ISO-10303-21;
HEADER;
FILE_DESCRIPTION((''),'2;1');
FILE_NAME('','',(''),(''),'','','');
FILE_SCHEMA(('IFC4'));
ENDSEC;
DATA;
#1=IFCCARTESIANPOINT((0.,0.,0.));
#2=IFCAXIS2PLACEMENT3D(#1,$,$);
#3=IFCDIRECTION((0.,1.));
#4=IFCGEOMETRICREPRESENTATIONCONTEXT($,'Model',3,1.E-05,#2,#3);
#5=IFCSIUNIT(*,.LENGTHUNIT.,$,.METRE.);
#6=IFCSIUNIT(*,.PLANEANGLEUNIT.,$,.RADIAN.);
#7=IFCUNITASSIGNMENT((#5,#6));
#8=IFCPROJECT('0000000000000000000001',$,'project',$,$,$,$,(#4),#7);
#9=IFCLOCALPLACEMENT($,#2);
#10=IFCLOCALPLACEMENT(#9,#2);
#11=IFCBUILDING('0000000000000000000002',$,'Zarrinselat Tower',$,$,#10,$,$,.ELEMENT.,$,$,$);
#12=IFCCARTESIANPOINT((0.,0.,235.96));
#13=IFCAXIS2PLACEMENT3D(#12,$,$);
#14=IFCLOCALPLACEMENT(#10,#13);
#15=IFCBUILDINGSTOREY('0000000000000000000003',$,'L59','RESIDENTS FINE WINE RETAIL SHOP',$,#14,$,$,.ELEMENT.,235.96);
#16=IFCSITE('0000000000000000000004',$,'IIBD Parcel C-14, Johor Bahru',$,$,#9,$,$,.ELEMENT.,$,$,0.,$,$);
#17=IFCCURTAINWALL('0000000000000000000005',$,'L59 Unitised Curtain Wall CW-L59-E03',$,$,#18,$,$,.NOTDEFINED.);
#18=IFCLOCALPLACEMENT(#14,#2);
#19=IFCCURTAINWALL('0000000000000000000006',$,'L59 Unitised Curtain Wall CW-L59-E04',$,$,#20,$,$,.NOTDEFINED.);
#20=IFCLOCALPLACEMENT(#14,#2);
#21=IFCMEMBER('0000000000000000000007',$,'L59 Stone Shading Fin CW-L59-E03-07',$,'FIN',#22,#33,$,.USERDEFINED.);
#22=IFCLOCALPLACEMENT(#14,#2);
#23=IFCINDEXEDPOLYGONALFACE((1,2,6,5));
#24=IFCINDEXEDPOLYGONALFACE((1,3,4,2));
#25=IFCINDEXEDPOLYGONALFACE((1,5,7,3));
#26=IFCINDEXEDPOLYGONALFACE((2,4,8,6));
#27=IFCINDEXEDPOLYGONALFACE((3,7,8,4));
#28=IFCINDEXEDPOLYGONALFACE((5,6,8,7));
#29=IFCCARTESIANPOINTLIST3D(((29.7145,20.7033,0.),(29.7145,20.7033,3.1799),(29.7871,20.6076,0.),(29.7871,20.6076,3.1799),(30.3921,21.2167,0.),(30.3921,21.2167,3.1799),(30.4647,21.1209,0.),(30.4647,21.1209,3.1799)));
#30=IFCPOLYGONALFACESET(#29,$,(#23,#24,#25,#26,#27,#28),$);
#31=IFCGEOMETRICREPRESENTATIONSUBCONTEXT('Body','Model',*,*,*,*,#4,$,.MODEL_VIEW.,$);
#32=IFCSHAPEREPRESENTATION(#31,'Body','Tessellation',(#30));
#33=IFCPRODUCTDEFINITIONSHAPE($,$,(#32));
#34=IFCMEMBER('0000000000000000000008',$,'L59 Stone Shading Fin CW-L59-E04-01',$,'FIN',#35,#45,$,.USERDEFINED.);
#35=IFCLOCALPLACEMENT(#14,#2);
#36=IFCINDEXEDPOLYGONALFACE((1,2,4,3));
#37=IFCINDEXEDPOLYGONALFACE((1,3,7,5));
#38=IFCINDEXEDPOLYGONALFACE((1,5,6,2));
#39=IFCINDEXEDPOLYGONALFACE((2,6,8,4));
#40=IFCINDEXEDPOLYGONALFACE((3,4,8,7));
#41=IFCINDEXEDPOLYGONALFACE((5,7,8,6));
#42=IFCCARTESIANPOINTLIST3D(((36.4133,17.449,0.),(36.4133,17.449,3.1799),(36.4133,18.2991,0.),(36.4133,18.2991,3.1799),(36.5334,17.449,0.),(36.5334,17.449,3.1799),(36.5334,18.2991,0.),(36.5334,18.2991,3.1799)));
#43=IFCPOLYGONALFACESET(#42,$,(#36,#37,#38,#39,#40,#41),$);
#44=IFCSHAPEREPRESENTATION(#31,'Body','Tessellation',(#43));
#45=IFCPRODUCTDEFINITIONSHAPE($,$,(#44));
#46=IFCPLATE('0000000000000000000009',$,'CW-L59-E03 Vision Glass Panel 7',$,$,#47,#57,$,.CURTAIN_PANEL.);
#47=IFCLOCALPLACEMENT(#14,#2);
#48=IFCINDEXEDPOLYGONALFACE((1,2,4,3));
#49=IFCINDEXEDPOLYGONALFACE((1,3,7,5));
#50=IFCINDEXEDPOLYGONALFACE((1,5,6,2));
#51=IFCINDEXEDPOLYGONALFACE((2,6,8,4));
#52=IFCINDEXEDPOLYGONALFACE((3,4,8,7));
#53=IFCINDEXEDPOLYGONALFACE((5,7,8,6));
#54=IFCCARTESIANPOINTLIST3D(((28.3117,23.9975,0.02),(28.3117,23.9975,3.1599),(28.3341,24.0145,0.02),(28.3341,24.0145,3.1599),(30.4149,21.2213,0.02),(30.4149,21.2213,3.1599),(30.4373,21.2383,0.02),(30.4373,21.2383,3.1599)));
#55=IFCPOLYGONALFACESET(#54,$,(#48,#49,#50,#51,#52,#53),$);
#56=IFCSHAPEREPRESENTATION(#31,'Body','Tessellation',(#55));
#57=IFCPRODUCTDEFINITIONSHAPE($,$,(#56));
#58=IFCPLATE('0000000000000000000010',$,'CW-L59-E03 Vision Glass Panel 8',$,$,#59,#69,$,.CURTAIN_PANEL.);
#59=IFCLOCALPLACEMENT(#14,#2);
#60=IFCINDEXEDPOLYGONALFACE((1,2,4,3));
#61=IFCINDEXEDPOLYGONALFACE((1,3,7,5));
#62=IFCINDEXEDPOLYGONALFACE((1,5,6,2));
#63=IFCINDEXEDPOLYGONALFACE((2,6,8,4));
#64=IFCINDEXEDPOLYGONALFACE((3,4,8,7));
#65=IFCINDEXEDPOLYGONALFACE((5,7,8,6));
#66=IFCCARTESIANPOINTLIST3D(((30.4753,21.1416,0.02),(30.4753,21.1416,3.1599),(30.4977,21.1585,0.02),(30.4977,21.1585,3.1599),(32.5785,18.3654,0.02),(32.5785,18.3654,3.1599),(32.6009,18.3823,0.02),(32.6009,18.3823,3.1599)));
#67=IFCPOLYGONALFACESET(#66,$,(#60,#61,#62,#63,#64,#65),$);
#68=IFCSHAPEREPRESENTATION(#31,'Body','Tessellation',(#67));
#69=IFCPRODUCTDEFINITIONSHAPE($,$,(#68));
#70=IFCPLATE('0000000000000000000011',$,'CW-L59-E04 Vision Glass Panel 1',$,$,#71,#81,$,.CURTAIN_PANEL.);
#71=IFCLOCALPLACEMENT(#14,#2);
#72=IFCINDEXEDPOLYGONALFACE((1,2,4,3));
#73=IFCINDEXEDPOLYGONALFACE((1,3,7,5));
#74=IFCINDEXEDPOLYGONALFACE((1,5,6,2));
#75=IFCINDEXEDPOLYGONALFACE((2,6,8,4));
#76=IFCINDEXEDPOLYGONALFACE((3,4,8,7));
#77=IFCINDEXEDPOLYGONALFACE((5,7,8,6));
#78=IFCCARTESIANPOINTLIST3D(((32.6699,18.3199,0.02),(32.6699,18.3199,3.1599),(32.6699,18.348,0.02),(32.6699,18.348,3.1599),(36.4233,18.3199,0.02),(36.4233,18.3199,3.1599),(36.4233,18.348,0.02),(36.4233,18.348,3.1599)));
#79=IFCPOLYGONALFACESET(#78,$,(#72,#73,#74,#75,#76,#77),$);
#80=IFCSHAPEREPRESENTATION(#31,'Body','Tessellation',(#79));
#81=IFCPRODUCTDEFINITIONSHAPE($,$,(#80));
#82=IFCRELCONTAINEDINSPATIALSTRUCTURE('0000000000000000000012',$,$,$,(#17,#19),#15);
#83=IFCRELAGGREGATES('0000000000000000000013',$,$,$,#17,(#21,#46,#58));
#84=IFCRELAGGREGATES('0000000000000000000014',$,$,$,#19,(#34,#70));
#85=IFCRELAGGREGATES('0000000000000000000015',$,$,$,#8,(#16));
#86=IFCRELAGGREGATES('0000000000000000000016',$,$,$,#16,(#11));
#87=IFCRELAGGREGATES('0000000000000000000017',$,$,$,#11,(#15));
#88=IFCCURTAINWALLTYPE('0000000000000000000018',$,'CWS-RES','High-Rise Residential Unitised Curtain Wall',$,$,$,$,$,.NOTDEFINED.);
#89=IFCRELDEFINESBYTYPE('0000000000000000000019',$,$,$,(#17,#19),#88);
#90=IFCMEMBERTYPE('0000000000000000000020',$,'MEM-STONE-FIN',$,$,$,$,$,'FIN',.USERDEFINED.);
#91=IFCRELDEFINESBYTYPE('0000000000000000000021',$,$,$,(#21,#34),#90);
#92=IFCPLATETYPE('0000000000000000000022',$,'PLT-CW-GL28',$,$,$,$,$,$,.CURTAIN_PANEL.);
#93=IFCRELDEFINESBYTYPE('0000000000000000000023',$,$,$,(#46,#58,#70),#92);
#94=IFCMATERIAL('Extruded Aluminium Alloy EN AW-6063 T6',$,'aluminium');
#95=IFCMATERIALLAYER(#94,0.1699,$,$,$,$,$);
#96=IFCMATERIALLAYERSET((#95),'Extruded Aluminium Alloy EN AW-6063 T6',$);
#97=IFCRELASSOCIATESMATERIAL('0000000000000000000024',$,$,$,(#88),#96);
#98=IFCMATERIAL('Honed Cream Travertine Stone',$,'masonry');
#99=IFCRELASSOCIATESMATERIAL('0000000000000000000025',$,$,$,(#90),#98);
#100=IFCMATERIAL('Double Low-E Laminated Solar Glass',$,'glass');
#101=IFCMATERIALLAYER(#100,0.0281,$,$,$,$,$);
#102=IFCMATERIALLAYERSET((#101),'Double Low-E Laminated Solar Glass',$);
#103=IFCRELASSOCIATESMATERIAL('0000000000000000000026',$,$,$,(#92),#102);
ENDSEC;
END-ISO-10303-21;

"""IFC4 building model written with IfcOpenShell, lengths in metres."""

from ifc_helpers import new_model, si_unit, direction, frame, origin, origin_2d, place, context, subcontext, project, spatial, rectangle, extrude, material, layer, layer_set, material_profile, profile_set, type_object, element, aggregate, save


model = new_model("IFC4")

# Units and contexts
model_context = context("Model", 3, precision=1e-05, world=origin(), true_north=direction((0.0, 1.0)))
body_context = subcontext(model_context, "Body", "Model", "MODEL_VIEW")
ifc_project = project(units=[si_unit("LENGTHUNIT", "METRE"), si_unit("PLANEANGLEUNIT", "RADIAN")], contexts=[model_context])

# Site, building, storey
site_placement = place(None, origin())
site = spatial("IfcSite", under=ifc_project, at=site_placement, Name="IIBD Parcel C-14, Johor Bahru", CompositionType="ELEMENT", RefElevation=0.0)
building_placement = place(site_placement, origin())
building = spatial("IfcBuilding", under=site, at=building_placement, Name="Zarrinselat Tower", CompositionType="ELEMENT")
storey_placement = place(building_placement, frame((0.0, 0.0, 235.96)))
storey = spatial("IfcBuildingStorey", under=building, at=storey_placement, Name="L59", Description="RESIDENTS FINE WINE RETAIL SHOP", CompositionType="ELEMENT", Elevation=235.96)

# Curtain walls
ifc_material_1 = material(Name="Extruded Aluminium Alloy EN AW-6063 T6", Category="aluminium")
ifc_layer_1 = layer(ifc_material_1, 0.1699)
ifc_layer_set_1 = layer_set([ifc_layer_1], Name="Extruded Aluminium Alloy EN AW-6063 T6")
curtain_wall_type = type_object("IfcCurtainWallType", Name="CWS-RES", Description="High-Rise Residential Unitised Curtain Wall", PredefinedType="NOTDEFINED", material=ifc_layer_set_1)
curtain_wall_1_placement = place(storey_placement, origin())
curtain_wall_1 = element("IfcCurtainWall", 1, at=curtain_wall_1_placement, inside=storey, type_object=curtain_wall_type, Name="L59 Unitised Curtain Wall CW-L59-E03", PredefinedType="NOTDEFINED")
curtain_wall_2_placement = place(storey_placement, origin())
curtain_wall_2 = element("IfcCurtainWall", 2, at=curtain_wall_2_placement, inside=storey, type_object=curtain_wall_type, Name="L59 Unitised Curtain Wall CW-L59-E04", PredefinedType="NOTDEFINED")

# Members
ifc_material_2 = material(Name="Honed Cream Travertine Stone", Category="masonry")
ifc_material_profile_1 = material_profile(ifc_material_2, rectangle(XDim=0.1201, YDim=0.8501, at=origin_2d()), Name="FIN 850x120")
ifc_profile_set_1 = profile_set([ifc_material_profile_1], Name="Honed Cream Travertine Stone")
member_type_1 = type_object("IfcMemberType", Name="MEM-STONE-FIN", ElementType="FIN", PredefinedType="USERDEFINED", material=ifc_profile_set_1)
member_1_placement = place(storey_placement, frame((30.0896, 20.9121, 0.0), z_axis=(0.0, 0.0, 1.0), x_axis=(-0.603857, 0.797092, 0.0)))
member_1 = element("IfcMember", 3, at=member_1_placement, type_object=member_type_1, Name="L59 Stone Shading Fin CW-L59-E03-07", ObjectType="FIN", PredefinedType="USERDEFINED", context=body_context, shape_type="SweptSolid", body=[
    extrude(rectangle(XDim=0.1201, YDim=0.8501, at=origin_2d()), origin(), (0.0, 0.0, 1.0), 3.1799),
])
member_2_placement = place(storey_placement, frame((36.4734, 17.874, 0.0), z_axis=(0.0, 0.0, 1.0), x_axis=(-1.0, 0.0, 0.0)))
member_2 = element("IfcMember", 4, at=member_2_placement, type_object=member_type_1, Name="L59 Stone Shading Fin CW-L59-E04-01", ObjectType="FIN", PredefinedType="USERDEFINED", context=body_context, shape_type="SweptSolid", body=[
    extrude(rectangle(XDim=0.1201, YDim=0.8501, at=origin_2d()), origin(), (0.0, 0.0, 1.0), 3.1799),
])

# Plates
ifc_material_3 = material(Name="Double Low-E Laminated Solar Glass", Category="glass")
ifc_layer_2 = layer(ifc_material_3, 0.0281)
ifc_layer_set_2 = layer_set([ifc_layer_2], Name="Double Low-E Laminated Solar Glass")
plate_type = type_object("IfcPlateType", Name="PLT-CW-GL28", PredefinedType="CURTAIN_PANEL", material=ifc_layer_set_2)
plate_1_placement = place(storey_placement, frame((29.3745, 22.6179, 0.02), z_axis=(0.0, 0.0, 1.0), x_axis=(0.603857, -0.797092, 0.0)))
plate_1 = element("IfcPlate", 5, at=plate_1_placement, type_object=plate_type, Name="CW-L59-E03 Vision Glass Panel 7", PredefinedType="CURTAIN_PANEL", context=body_context, shape_type="SweptSolid", body=[
    extrude(rectangle(XDim=3.4829, YDim=0.0281, at=origin_2d()), origin(), (0.0, 0.0, 1.0), 3.1399),
])
plate_2_placement = place(storey_placement, frame((31.5381, 19.762, 0.02), z_axis=(0.0, 0.0, 1.0), x_axis=(0.603857, -0.797092, 0.0)))
plate_2 = element("IfcPlate", 6, at=plate_2_placement, type_object=plate_type, Name="CW-L59-E03 Vision Glass Panel 8", PredefinedType="CURTAIN_PANEL", context=body_context, shape_type="SweptSolid", body=[
    extrude(rectangle(XDim=3.4829, YDim=0.0281, at=origin_2d()), origin(), (0.0, 0.0, 1.0), 3.1399),
])
aggregate(curtain_wall_1, [member_1, plate_1, plate_2])
plate_3_placement = place(storey_placement, frame((34.5466, 18.334, 0.02), z_axis=(0.0, 0.0, 1.0), x_axis=(1.0, 0.0, 0.0)))
plate_3 = element("IfcPlate", 7, at=plate_3_placement, type_object=plate_type, Name="CW-L59-E04 Vision Glass Panel 1", PredefinedType="CURTAIN_PANEL", context=body_context, shape_type="SweptSolid", body=[
    extrude(rectangle(XDim=3.7534, YDim=0.0281, at=origin_2d()), origin(), (0.0, 0.0, 1.0), 3.1399),
])
aggregate(curtain_wall_2, [member_2, plate_3])

save(model, "model.ifc")
